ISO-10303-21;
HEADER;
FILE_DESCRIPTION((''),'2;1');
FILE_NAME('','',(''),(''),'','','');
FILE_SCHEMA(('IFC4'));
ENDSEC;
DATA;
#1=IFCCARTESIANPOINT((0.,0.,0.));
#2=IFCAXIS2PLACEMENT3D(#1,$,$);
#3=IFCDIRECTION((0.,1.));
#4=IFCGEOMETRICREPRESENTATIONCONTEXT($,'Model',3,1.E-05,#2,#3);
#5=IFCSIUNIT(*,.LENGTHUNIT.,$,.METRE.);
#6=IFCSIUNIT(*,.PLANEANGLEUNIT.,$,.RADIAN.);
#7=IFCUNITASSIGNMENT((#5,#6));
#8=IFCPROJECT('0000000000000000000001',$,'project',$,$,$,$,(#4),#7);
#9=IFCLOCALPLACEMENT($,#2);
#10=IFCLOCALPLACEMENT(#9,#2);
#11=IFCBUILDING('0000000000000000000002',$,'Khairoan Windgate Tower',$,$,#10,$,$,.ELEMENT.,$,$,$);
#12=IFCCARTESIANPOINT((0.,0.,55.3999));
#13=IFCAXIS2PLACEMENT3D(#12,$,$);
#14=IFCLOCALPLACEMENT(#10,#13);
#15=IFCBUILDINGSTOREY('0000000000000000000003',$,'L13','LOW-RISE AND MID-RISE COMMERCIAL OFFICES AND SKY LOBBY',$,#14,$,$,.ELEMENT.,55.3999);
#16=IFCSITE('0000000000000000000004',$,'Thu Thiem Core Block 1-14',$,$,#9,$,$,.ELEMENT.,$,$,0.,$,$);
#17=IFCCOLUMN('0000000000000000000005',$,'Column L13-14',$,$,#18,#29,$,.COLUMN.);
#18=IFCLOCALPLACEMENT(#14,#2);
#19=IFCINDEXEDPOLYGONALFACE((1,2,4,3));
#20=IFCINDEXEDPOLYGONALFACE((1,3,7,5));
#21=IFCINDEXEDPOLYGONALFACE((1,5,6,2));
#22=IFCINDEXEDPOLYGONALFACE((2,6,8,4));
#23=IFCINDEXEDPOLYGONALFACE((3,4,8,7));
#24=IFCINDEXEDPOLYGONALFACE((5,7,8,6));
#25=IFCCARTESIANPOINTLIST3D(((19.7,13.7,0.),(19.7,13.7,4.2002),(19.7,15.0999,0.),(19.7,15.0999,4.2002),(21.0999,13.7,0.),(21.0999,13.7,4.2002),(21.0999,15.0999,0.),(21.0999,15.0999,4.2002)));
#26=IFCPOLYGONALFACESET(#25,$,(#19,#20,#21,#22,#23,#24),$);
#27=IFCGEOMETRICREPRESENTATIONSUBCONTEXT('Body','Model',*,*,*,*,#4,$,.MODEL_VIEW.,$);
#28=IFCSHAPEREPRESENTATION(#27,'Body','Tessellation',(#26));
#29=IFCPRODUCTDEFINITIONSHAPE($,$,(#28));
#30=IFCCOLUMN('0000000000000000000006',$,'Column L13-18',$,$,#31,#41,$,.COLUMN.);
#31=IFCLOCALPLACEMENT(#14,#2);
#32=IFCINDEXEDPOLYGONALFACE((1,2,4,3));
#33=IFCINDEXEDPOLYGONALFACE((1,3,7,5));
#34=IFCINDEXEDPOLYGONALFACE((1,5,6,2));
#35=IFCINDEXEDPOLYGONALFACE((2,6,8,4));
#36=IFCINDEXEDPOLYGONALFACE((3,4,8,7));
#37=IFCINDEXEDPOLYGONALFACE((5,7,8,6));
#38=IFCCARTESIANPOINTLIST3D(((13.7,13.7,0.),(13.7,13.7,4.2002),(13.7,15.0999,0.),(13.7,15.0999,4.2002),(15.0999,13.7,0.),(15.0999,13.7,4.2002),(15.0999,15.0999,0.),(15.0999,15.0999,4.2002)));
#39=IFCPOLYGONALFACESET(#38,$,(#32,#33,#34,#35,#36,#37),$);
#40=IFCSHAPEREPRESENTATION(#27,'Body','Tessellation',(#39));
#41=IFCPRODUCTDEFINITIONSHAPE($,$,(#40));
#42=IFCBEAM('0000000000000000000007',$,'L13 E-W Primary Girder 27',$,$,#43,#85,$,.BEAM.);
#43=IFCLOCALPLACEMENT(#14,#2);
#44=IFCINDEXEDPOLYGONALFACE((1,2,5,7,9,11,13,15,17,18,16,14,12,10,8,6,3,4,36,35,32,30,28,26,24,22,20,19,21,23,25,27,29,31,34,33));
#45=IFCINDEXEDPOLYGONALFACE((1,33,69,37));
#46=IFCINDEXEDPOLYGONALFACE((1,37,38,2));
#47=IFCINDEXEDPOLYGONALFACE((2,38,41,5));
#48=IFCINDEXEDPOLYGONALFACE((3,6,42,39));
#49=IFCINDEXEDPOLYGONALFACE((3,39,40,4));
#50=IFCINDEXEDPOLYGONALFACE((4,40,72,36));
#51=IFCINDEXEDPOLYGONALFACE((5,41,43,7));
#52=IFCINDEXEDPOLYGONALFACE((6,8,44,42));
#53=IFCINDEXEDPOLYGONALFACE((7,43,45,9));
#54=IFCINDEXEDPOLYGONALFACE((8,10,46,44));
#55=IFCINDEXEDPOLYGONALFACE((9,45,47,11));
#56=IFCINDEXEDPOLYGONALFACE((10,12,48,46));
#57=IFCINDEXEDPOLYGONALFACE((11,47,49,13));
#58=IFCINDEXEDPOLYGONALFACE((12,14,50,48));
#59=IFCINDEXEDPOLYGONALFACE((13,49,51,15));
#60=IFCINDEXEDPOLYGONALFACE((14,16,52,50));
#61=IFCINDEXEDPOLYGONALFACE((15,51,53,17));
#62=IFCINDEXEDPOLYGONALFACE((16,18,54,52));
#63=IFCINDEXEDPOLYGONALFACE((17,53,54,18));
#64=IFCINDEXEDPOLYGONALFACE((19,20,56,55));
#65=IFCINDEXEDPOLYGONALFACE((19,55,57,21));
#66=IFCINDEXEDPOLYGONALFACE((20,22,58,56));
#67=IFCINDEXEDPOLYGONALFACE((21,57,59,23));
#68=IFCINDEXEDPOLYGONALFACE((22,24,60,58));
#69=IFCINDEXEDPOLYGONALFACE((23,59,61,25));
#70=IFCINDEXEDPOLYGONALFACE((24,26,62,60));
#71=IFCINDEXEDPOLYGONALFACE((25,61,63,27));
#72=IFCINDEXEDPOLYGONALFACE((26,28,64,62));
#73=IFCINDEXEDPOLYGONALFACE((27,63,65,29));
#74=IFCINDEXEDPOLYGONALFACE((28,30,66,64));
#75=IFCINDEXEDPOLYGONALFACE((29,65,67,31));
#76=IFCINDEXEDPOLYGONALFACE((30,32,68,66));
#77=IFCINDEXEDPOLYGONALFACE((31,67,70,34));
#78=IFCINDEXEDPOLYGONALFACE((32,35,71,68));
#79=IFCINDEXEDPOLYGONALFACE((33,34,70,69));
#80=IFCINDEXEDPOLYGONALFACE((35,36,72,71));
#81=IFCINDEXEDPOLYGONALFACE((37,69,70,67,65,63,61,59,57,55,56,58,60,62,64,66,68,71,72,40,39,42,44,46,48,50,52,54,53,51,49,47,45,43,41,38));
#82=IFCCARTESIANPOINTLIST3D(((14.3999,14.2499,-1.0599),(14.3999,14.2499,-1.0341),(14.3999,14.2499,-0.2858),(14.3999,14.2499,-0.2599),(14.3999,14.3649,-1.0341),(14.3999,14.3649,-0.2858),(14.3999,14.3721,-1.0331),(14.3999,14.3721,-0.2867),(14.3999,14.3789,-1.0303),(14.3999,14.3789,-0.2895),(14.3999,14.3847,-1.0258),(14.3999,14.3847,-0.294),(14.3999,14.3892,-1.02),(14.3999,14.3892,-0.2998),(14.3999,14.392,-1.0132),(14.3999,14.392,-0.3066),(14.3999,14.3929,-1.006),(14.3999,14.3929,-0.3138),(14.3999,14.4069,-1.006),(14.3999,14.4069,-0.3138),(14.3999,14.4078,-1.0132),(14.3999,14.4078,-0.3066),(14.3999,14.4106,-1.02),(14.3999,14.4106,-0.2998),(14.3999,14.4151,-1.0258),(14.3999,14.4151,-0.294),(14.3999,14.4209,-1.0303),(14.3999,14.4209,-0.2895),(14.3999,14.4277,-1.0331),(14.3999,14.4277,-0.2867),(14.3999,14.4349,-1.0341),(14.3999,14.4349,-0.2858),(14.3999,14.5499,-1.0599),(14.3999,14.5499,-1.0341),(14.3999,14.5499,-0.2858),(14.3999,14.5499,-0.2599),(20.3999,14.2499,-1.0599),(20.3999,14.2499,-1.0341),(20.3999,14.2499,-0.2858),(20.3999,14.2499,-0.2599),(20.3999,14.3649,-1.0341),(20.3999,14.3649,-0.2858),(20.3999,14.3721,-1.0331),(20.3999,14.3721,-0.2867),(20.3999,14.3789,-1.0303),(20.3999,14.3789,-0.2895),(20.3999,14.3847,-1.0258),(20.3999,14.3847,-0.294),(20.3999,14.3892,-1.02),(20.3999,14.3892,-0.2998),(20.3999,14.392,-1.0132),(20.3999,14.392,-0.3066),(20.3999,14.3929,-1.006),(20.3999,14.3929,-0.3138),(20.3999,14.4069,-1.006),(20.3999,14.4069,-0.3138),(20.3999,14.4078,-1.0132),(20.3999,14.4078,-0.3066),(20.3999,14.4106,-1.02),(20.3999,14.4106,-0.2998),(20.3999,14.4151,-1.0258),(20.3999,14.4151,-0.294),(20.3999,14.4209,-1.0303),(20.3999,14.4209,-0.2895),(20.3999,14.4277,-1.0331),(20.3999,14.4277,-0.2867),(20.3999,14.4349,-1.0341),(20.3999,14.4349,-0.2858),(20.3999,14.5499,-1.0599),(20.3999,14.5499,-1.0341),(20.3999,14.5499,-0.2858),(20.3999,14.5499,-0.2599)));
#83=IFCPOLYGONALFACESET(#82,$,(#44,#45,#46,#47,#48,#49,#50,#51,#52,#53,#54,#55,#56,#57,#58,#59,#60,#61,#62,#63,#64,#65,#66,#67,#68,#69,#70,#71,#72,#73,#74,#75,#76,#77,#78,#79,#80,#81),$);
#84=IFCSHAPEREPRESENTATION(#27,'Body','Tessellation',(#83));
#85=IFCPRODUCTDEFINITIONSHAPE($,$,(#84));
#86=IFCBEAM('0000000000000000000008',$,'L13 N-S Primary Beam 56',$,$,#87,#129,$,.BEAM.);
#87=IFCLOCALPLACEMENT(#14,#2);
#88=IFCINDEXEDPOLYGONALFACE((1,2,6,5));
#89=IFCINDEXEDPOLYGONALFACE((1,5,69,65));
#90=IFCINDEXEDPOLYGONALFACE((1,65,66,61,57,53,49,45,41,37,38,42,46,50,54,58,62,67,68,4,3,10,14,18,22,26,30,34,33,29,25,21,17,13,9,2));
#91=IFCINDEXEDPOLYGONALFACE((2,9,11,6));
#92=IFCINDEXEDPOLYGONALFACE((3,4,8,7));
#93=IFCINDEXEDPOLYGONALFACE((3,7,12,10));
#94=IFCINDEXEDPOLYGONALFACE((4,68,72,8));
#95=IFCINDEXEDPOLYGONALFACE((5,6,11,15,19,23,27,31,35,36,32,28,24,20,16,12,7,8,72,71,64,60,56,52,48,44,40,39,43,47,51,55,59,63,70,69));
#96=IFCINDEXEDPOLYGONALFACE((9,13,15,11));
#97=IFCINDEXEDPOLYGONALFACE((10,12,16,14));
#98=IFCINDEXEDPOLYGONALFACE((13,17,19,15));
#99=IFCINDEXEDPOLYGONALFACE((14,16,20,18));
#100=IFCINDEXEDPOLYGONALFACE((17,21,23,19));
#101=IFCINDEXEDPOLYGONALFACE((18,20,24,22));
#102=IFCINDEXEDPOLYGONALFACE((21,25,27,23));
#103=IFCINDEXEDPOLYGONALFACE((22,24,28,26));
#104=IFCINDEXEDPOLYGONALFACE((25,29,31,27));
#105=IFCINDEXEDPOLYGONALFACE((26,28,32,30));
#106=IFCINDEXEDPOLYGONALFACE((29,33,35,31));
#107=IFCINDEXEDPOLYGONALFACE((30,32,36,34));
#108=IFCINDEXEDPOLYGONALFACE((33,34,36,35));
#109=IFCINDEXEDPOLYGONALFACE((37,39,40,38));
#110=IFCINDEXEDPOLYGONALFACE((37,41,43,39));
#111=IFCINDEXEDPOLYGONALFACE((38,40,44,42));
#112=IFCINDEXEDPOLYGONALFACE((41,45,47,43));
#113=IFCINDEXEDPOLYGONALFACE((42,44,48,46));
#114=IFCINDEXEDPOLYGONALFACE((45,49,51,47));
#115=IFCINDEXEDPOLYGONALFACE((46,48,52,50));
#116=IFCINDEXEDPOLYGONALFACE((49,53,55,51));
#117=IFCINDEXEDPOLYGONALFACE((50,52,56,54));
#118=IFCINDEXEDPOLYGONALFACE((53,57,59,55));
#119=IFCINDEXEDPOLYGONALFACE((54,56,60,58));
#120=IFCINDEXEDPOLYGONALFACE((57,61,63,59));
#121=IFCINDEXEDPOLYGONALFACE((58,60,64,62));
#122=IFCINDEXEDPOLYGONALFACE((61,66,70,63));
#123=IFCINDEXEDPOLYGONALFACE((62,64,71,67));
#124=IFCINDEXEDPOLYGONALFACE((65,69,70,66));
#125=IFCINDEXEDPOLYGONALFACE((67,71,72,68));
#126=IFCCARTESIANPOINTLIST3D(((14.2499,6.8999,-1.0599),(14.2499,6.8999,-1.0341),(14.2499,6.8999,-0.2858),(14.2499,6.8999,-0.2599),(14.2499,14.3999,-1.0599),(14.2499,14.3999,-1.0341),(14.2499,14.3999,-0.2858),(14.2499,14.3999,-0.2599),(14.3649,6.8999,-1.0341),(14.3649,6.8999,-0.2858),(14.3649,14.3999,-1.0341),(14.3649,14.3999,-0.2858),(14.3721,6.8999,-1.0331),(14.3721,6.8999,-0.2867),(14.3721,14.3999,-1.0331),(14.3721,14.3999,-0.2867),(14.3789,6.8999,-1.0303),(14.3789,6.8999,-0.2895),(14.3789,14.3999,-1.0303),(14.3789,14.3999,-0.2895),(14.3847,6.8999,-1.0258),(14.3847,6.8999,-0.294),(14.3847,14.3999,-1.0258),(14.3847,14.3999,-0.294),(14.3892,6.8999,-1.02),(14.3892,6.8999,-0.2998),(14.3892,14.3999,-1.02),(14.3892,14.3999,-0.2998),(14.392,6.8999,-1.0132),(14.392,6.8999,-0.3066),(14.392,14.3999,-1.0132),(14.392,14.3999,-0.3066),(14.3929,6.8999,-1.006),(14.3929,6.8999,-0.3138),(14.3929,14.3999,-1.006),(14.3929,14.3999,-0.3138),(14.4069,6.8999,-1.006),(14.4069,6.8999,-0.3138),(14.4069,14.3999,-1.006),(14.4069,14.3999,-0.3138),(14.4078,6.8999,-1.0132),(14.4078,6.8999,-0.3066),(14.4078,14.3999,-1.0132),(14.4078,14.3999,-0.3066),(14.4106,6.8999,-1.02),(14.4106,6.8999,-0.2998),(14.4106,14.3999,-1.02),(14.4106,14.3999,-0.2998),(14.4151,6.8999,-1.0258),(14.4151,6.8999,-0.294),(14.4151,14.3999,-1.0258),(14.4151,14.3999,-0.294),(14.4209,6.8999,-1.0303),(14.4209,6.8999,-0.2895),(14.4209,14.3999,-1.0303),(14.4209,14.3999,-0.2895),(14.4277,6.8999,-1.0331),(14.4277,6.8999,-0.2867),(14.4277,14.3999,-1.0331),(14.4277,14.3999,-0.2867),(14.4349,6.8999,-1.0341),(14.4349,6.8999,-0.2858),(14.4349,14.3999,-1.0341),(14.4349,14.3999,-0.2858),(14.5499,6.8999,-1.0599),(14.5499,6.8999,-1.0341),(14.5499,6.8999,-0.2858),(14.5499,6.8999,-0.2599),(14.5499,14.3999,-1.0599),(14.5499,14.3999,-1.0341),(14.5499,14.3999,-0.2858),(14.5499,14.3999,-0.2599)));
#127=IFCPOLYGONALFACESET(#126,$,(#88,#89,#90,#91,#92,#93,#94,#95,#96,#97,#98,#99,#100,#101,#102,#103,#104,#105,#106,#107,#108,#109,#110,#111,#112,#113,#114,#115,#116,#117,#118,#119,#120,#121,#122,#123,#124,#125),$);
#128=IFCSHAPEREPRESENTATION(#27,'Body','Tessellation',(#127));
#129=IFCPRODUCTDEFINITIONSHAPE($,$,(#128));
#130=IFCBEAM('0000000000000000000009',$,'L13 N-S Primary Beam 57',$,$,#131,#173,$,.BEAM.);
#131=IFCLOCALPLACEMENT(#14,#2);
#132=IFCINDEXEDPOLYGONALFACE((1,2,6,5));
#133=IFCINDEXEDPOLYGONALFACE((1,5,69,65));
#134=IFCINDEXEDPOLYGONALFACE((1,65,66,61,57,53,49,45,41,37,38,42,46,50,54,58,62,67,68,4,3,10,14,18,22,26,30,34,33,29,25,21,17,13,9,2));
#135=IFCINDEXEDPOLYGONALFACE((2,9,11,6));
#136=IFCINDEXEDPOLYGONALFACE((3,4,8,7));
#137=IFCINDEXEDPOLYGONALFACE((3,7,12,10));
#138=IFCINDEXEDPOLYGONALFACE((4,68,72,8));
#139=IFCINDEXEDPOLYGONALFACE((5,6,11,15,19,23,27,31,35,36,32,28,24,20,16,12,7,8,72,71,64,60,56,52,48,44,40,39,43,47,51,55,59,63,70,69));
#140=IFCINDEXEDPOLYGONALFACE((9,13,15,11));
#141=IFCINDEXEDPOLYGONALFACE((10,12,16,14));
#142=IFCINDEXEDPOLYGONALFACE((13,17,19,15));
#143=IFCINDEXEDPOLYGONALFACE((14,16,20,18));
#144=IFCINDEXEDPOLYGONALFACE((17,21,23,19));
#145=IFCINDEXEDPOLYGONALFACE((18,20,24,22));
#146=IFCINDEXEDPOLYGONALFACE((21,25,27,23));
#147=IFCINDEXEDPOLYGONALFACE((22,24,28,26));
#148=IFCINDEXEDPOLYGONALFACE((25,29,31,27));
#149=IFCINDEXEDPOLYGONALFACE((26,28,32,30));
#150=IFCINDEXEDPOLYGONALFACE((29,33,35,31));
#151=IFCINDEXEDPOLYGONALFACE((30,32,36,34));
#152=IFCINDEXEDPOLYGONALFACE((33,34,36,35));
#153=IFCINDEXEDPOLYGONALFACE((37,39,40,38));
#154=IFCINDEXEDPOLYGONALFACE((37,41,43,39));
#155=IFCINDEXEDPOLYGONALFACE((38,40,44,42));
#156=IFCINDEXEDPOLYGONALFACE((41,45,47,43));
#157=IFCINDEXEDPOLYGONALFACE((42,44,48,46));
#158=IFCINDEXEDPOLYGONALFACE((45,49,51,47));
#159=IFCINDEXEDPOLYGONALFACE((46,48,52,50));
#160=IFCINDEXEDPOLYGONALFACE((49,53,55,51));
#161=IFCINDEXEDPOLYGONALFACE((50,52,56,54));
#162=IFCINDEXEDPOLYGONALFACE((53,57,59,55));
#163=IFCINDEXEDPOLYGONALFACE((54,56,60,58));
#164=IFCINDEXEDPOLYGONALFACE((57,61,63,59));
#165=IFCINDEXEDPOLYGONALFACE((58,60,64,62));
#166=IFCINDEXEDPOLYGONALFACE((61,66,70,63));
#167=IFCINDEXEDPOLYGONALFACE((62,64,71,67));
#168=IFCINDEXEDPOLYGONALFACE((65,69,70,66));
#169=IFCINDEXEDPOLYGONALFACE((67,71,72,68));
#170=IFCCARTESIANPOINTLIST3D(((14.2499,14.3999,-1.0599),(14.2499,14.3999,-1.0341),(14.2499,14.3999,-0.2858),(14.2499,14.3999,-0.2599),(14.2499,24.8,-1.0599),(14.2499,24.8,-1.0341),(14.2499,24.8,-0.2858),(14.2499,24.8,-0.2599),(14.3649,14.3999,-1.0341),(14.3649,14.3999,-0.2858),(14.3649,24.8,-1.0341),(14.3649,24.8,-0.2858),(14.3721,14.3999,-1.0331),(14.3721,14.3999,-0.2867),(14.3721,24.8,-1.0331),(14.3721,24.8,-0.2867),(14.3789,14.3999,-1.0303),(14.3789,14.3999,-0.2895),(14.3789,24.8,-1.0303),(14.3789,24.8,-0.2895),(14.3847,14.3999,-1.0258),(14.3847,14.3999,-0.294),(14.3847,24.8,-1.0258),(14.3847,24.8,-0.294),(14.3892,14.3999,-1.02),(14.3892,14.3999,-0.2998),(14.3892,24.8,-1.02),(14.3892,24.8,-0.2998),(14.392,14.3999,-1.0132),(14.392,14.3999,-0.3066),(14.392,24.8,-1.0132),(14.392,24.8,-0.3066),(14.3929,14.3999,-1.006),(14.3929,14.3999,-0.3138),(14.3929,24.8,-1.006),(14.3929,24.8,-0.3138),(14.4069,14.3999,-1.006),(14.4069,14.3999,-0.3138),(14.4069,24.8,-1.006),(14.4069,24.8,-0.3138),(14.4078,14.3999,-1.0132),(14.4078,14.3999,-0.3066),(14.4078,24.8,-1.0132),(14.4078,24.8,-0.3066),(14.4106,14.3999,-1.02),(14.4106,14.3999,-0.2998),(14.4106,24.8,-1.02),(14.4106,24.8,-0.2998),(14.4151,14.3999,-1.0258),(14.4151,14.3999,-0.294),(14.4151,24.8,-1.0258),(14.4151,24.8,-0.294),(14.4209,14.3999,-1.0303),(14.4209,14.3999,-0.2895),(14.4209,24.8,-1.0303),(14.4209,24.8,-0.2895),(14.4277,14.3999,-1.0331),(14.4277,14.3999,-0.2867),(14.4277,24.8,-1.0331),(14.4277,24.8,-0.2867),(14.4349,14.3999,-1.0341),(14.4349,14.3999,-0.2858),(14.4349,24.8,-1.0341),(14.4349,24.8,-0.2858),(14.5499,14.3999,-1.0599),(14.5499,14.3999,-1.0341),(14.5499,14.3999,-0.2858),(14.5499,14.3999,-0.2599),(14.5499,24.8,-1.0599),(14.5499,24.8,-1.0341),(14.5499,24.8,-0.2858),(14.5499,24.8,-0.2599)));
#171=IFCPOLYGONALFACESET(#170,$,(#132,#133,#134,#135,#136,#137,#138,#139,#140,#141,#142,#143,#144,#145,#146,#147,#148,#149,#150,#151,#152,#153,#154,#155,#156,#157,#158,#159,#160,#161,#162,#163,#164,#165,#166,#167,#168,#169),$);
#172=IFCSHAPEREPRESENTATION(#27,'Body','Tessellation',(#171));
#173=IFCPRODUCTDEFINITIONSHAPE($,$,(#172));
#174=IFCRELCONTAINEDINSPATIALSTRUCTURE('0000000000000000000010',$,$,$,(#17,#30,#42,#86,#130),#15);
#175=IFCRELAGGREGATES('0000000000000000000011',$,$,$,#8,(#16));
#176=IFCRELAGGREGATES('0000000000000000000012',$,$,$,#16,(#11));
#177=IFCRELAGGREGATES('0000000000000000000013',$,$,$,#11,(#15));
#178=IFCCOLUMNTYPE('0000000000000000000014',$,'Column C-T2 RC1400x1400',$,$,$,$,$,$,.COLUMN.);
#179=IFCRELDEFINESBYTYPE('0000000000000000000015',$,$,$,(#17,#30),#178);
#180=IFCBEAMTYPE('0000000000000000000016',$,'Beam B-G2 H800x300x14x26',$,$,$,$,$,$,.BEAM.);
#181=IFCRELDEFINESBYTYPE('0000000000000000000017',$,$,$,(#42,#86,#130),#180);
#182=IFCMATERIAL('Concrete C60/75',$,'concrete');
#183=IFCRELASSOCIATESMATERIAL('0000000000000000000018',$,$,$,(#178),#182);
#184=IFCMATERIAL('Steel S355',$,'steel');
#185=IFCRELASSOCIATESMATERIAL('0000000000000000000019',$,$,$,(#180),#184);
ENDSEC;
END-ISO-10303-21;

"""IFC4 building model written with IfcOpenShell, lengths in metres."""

from ifc_helpers import new_model, si_unit, direction, frame, origin, origin_2d, place, context, subcontext, project, spatial, rectangle, i_section, extrude, material, material_profile, profile_set, type_object, element, save


model = new_model("IFC4")

# Units and contexts
model_context = context("Model", 3, precision=1e-05, world=origin(), true_north=direction((0.0, 1.0)))
body_context = subcontext(model_context, "Body", "Model", "MODEL_VIEW")
ifc_project = project(units=[si_unit("LENGTHUNIT", "METRE"), si_unit("PLANEANGLEUNIT", "RADIAN")], contexts=[model_context])

# Site, building, storey
site_placement = place(None, origin())
site = spatial("IfcSite", under=ifc_project, at=site_placement, Name="Thu Thiem Core Block 1-14", CompositionType="ELEMENT", RefElevation=0.0)
building_placement = place(site_placement, origin())
building = spatial("IfcBuilding", under=site, at=building_placement, Name="Khairoan Windgate Tower", CompositionType="ELEMENT")
storey_placement = place(building_placement, frame((0.0, 0.0, 55.3999)))
storey = spatial("IfcBuildingStorey", under=building, at=storey_placement, Name="L13", Description="LOW-RISE AND MID-RISE COMMERCIAL OFFICES AND SKY LOBBY", CompositionType="ELEMENT", Elevation=55.3999)

# Columns
ifc_material_1 = material(Name="Concrete C60/75", Category="concrete")
ifc_material_profile_1 = material_profile(ifc_material_1, rectangle(XDim=1.3999, YDim=1.3999, at=origin_2d()))
ifc_profile_set_1 = profile_set([ifc_material_profile_1], Name="Concrete C60/75")
column_type = type_object("IfcColumnType", Name="Column C-T2 RC1400x1400", PredefinedType="COLUMN", material=ifc_profile_set_1)
for number, where, z_axis, x_axis, name in (
    (1, (20.3999, 14.3999, 0.0), (0.0, 0.0, 1.0), (1.0, 0.0, 0.0), "Column L13-14"),
    (2, (14.3999, 14.3999, 0.0), (0.0, 0.0, 1.0), (1.0, 0.0, 0.0), "Column L13-18"),
):
    element("IfcColumn", number, at=place(storey_placement, frame(where, z_axis=z_axis, x_axis=x_axis)), inside=storey, type_object=column_type, Name=name, PredefinedType="COLUMN", context=body_context, shape_type="SweptSolid", body=[
        extrude(rectangle(XDim=1.3999, YDim=1.3999, at=origin_2d()), origin(), (0.0, 0.0, 1.0), 4.2002),
    ])

# Beams
ifc_material_2 = material(Name="Steel S355", Category="steel")
ifc_material_profile_2 = material_profile(ifc_material_2, i_section(OverallWidth=0.3, OverallDepth=0.8, WebThickness=0.0139, FlangeThickness=0.0259, FilletRadius=0.0281, at=origin_2d()))
ifc_profile_set_2 = profile_set([ifc_material_profile_2], Name="Steel S355")
beam_type_1 = type_object("IfcBeamType", Name="Beam B-G2 H800x300x14x26", PredefinedType="BEAM", material=ifc_profile_set_2)
beam_1_placement = place(storey_placement, frame((14.3999, 14.3999, -0.6599), z_axis=(1.0, 0.0, 0.0), x_axis=(0.0, 1.0, 0.0)))
element("IfcBeam", 3, at=beam_1_placement, inside=storey, type_object=beam_type_1, Name="L13 E-W Primary Girder 27", PredefinedType="BEAM", context=body_context, shape_type="SweptSolid", body=[
    extrude(i_section(OverallWidth=0.3, OverallDepth=0.8, WebThickness=0.0139, FlangeThickness=0.0259, FilletRadius=0.0281, at=origin_2d()), origin(), (0.0, 0.0, 1.0), 6.0),
])
beam_2_placement = place(storey_placement, frame((14.3999, 6.8999, -0.6599), z_axis=(0.0, 1.0, 0.0), x_axis=(-1.0, 0.0, 0.0)))
element("IfcBeam", 4, at=beam_2_placement, inside=storey, type_object=beam_type_1, Name="L13 N-S Primary Beam 56", PredefinedType="BEAM", context=body_context, shape_type="SweptSolid", body=[
    extrude(i_section(OverallWidth=0.3, OverallDepth=0.8, WebThickness=0.0139, FlangeThickness=0.0259, FilletRadius=0.0281, at=origin_2d()), origin(), (0.0, 0.0, 1.0), 7.5),
])
beam_3_placement = place(storey_placement, frame((14.3999, 14.3999, -0.6599), z_axis=(0.0, 1.0, 0.0), x_axis=(-1.0, 0.0, 0.0)))
element("IfcBeam", 5, at=beam_3_placement, inside=storey, type_object=beam_type_1, Name="L13 N-S Primary Beam 57", PredefinedType="BEAM", context=body_context, shape_type="SweptSolid", body=[
    extrude(i_section(OverallWidth=0.3, OverallDepth=0.8, WebThickness=0.0139, FlangeThickness=0.0259, FilletRadius=0.0281, at=origin_2d()), origin(), (0.0, 0.0, 1.0), 10.4001),
])

save(model, "model.ifc")
